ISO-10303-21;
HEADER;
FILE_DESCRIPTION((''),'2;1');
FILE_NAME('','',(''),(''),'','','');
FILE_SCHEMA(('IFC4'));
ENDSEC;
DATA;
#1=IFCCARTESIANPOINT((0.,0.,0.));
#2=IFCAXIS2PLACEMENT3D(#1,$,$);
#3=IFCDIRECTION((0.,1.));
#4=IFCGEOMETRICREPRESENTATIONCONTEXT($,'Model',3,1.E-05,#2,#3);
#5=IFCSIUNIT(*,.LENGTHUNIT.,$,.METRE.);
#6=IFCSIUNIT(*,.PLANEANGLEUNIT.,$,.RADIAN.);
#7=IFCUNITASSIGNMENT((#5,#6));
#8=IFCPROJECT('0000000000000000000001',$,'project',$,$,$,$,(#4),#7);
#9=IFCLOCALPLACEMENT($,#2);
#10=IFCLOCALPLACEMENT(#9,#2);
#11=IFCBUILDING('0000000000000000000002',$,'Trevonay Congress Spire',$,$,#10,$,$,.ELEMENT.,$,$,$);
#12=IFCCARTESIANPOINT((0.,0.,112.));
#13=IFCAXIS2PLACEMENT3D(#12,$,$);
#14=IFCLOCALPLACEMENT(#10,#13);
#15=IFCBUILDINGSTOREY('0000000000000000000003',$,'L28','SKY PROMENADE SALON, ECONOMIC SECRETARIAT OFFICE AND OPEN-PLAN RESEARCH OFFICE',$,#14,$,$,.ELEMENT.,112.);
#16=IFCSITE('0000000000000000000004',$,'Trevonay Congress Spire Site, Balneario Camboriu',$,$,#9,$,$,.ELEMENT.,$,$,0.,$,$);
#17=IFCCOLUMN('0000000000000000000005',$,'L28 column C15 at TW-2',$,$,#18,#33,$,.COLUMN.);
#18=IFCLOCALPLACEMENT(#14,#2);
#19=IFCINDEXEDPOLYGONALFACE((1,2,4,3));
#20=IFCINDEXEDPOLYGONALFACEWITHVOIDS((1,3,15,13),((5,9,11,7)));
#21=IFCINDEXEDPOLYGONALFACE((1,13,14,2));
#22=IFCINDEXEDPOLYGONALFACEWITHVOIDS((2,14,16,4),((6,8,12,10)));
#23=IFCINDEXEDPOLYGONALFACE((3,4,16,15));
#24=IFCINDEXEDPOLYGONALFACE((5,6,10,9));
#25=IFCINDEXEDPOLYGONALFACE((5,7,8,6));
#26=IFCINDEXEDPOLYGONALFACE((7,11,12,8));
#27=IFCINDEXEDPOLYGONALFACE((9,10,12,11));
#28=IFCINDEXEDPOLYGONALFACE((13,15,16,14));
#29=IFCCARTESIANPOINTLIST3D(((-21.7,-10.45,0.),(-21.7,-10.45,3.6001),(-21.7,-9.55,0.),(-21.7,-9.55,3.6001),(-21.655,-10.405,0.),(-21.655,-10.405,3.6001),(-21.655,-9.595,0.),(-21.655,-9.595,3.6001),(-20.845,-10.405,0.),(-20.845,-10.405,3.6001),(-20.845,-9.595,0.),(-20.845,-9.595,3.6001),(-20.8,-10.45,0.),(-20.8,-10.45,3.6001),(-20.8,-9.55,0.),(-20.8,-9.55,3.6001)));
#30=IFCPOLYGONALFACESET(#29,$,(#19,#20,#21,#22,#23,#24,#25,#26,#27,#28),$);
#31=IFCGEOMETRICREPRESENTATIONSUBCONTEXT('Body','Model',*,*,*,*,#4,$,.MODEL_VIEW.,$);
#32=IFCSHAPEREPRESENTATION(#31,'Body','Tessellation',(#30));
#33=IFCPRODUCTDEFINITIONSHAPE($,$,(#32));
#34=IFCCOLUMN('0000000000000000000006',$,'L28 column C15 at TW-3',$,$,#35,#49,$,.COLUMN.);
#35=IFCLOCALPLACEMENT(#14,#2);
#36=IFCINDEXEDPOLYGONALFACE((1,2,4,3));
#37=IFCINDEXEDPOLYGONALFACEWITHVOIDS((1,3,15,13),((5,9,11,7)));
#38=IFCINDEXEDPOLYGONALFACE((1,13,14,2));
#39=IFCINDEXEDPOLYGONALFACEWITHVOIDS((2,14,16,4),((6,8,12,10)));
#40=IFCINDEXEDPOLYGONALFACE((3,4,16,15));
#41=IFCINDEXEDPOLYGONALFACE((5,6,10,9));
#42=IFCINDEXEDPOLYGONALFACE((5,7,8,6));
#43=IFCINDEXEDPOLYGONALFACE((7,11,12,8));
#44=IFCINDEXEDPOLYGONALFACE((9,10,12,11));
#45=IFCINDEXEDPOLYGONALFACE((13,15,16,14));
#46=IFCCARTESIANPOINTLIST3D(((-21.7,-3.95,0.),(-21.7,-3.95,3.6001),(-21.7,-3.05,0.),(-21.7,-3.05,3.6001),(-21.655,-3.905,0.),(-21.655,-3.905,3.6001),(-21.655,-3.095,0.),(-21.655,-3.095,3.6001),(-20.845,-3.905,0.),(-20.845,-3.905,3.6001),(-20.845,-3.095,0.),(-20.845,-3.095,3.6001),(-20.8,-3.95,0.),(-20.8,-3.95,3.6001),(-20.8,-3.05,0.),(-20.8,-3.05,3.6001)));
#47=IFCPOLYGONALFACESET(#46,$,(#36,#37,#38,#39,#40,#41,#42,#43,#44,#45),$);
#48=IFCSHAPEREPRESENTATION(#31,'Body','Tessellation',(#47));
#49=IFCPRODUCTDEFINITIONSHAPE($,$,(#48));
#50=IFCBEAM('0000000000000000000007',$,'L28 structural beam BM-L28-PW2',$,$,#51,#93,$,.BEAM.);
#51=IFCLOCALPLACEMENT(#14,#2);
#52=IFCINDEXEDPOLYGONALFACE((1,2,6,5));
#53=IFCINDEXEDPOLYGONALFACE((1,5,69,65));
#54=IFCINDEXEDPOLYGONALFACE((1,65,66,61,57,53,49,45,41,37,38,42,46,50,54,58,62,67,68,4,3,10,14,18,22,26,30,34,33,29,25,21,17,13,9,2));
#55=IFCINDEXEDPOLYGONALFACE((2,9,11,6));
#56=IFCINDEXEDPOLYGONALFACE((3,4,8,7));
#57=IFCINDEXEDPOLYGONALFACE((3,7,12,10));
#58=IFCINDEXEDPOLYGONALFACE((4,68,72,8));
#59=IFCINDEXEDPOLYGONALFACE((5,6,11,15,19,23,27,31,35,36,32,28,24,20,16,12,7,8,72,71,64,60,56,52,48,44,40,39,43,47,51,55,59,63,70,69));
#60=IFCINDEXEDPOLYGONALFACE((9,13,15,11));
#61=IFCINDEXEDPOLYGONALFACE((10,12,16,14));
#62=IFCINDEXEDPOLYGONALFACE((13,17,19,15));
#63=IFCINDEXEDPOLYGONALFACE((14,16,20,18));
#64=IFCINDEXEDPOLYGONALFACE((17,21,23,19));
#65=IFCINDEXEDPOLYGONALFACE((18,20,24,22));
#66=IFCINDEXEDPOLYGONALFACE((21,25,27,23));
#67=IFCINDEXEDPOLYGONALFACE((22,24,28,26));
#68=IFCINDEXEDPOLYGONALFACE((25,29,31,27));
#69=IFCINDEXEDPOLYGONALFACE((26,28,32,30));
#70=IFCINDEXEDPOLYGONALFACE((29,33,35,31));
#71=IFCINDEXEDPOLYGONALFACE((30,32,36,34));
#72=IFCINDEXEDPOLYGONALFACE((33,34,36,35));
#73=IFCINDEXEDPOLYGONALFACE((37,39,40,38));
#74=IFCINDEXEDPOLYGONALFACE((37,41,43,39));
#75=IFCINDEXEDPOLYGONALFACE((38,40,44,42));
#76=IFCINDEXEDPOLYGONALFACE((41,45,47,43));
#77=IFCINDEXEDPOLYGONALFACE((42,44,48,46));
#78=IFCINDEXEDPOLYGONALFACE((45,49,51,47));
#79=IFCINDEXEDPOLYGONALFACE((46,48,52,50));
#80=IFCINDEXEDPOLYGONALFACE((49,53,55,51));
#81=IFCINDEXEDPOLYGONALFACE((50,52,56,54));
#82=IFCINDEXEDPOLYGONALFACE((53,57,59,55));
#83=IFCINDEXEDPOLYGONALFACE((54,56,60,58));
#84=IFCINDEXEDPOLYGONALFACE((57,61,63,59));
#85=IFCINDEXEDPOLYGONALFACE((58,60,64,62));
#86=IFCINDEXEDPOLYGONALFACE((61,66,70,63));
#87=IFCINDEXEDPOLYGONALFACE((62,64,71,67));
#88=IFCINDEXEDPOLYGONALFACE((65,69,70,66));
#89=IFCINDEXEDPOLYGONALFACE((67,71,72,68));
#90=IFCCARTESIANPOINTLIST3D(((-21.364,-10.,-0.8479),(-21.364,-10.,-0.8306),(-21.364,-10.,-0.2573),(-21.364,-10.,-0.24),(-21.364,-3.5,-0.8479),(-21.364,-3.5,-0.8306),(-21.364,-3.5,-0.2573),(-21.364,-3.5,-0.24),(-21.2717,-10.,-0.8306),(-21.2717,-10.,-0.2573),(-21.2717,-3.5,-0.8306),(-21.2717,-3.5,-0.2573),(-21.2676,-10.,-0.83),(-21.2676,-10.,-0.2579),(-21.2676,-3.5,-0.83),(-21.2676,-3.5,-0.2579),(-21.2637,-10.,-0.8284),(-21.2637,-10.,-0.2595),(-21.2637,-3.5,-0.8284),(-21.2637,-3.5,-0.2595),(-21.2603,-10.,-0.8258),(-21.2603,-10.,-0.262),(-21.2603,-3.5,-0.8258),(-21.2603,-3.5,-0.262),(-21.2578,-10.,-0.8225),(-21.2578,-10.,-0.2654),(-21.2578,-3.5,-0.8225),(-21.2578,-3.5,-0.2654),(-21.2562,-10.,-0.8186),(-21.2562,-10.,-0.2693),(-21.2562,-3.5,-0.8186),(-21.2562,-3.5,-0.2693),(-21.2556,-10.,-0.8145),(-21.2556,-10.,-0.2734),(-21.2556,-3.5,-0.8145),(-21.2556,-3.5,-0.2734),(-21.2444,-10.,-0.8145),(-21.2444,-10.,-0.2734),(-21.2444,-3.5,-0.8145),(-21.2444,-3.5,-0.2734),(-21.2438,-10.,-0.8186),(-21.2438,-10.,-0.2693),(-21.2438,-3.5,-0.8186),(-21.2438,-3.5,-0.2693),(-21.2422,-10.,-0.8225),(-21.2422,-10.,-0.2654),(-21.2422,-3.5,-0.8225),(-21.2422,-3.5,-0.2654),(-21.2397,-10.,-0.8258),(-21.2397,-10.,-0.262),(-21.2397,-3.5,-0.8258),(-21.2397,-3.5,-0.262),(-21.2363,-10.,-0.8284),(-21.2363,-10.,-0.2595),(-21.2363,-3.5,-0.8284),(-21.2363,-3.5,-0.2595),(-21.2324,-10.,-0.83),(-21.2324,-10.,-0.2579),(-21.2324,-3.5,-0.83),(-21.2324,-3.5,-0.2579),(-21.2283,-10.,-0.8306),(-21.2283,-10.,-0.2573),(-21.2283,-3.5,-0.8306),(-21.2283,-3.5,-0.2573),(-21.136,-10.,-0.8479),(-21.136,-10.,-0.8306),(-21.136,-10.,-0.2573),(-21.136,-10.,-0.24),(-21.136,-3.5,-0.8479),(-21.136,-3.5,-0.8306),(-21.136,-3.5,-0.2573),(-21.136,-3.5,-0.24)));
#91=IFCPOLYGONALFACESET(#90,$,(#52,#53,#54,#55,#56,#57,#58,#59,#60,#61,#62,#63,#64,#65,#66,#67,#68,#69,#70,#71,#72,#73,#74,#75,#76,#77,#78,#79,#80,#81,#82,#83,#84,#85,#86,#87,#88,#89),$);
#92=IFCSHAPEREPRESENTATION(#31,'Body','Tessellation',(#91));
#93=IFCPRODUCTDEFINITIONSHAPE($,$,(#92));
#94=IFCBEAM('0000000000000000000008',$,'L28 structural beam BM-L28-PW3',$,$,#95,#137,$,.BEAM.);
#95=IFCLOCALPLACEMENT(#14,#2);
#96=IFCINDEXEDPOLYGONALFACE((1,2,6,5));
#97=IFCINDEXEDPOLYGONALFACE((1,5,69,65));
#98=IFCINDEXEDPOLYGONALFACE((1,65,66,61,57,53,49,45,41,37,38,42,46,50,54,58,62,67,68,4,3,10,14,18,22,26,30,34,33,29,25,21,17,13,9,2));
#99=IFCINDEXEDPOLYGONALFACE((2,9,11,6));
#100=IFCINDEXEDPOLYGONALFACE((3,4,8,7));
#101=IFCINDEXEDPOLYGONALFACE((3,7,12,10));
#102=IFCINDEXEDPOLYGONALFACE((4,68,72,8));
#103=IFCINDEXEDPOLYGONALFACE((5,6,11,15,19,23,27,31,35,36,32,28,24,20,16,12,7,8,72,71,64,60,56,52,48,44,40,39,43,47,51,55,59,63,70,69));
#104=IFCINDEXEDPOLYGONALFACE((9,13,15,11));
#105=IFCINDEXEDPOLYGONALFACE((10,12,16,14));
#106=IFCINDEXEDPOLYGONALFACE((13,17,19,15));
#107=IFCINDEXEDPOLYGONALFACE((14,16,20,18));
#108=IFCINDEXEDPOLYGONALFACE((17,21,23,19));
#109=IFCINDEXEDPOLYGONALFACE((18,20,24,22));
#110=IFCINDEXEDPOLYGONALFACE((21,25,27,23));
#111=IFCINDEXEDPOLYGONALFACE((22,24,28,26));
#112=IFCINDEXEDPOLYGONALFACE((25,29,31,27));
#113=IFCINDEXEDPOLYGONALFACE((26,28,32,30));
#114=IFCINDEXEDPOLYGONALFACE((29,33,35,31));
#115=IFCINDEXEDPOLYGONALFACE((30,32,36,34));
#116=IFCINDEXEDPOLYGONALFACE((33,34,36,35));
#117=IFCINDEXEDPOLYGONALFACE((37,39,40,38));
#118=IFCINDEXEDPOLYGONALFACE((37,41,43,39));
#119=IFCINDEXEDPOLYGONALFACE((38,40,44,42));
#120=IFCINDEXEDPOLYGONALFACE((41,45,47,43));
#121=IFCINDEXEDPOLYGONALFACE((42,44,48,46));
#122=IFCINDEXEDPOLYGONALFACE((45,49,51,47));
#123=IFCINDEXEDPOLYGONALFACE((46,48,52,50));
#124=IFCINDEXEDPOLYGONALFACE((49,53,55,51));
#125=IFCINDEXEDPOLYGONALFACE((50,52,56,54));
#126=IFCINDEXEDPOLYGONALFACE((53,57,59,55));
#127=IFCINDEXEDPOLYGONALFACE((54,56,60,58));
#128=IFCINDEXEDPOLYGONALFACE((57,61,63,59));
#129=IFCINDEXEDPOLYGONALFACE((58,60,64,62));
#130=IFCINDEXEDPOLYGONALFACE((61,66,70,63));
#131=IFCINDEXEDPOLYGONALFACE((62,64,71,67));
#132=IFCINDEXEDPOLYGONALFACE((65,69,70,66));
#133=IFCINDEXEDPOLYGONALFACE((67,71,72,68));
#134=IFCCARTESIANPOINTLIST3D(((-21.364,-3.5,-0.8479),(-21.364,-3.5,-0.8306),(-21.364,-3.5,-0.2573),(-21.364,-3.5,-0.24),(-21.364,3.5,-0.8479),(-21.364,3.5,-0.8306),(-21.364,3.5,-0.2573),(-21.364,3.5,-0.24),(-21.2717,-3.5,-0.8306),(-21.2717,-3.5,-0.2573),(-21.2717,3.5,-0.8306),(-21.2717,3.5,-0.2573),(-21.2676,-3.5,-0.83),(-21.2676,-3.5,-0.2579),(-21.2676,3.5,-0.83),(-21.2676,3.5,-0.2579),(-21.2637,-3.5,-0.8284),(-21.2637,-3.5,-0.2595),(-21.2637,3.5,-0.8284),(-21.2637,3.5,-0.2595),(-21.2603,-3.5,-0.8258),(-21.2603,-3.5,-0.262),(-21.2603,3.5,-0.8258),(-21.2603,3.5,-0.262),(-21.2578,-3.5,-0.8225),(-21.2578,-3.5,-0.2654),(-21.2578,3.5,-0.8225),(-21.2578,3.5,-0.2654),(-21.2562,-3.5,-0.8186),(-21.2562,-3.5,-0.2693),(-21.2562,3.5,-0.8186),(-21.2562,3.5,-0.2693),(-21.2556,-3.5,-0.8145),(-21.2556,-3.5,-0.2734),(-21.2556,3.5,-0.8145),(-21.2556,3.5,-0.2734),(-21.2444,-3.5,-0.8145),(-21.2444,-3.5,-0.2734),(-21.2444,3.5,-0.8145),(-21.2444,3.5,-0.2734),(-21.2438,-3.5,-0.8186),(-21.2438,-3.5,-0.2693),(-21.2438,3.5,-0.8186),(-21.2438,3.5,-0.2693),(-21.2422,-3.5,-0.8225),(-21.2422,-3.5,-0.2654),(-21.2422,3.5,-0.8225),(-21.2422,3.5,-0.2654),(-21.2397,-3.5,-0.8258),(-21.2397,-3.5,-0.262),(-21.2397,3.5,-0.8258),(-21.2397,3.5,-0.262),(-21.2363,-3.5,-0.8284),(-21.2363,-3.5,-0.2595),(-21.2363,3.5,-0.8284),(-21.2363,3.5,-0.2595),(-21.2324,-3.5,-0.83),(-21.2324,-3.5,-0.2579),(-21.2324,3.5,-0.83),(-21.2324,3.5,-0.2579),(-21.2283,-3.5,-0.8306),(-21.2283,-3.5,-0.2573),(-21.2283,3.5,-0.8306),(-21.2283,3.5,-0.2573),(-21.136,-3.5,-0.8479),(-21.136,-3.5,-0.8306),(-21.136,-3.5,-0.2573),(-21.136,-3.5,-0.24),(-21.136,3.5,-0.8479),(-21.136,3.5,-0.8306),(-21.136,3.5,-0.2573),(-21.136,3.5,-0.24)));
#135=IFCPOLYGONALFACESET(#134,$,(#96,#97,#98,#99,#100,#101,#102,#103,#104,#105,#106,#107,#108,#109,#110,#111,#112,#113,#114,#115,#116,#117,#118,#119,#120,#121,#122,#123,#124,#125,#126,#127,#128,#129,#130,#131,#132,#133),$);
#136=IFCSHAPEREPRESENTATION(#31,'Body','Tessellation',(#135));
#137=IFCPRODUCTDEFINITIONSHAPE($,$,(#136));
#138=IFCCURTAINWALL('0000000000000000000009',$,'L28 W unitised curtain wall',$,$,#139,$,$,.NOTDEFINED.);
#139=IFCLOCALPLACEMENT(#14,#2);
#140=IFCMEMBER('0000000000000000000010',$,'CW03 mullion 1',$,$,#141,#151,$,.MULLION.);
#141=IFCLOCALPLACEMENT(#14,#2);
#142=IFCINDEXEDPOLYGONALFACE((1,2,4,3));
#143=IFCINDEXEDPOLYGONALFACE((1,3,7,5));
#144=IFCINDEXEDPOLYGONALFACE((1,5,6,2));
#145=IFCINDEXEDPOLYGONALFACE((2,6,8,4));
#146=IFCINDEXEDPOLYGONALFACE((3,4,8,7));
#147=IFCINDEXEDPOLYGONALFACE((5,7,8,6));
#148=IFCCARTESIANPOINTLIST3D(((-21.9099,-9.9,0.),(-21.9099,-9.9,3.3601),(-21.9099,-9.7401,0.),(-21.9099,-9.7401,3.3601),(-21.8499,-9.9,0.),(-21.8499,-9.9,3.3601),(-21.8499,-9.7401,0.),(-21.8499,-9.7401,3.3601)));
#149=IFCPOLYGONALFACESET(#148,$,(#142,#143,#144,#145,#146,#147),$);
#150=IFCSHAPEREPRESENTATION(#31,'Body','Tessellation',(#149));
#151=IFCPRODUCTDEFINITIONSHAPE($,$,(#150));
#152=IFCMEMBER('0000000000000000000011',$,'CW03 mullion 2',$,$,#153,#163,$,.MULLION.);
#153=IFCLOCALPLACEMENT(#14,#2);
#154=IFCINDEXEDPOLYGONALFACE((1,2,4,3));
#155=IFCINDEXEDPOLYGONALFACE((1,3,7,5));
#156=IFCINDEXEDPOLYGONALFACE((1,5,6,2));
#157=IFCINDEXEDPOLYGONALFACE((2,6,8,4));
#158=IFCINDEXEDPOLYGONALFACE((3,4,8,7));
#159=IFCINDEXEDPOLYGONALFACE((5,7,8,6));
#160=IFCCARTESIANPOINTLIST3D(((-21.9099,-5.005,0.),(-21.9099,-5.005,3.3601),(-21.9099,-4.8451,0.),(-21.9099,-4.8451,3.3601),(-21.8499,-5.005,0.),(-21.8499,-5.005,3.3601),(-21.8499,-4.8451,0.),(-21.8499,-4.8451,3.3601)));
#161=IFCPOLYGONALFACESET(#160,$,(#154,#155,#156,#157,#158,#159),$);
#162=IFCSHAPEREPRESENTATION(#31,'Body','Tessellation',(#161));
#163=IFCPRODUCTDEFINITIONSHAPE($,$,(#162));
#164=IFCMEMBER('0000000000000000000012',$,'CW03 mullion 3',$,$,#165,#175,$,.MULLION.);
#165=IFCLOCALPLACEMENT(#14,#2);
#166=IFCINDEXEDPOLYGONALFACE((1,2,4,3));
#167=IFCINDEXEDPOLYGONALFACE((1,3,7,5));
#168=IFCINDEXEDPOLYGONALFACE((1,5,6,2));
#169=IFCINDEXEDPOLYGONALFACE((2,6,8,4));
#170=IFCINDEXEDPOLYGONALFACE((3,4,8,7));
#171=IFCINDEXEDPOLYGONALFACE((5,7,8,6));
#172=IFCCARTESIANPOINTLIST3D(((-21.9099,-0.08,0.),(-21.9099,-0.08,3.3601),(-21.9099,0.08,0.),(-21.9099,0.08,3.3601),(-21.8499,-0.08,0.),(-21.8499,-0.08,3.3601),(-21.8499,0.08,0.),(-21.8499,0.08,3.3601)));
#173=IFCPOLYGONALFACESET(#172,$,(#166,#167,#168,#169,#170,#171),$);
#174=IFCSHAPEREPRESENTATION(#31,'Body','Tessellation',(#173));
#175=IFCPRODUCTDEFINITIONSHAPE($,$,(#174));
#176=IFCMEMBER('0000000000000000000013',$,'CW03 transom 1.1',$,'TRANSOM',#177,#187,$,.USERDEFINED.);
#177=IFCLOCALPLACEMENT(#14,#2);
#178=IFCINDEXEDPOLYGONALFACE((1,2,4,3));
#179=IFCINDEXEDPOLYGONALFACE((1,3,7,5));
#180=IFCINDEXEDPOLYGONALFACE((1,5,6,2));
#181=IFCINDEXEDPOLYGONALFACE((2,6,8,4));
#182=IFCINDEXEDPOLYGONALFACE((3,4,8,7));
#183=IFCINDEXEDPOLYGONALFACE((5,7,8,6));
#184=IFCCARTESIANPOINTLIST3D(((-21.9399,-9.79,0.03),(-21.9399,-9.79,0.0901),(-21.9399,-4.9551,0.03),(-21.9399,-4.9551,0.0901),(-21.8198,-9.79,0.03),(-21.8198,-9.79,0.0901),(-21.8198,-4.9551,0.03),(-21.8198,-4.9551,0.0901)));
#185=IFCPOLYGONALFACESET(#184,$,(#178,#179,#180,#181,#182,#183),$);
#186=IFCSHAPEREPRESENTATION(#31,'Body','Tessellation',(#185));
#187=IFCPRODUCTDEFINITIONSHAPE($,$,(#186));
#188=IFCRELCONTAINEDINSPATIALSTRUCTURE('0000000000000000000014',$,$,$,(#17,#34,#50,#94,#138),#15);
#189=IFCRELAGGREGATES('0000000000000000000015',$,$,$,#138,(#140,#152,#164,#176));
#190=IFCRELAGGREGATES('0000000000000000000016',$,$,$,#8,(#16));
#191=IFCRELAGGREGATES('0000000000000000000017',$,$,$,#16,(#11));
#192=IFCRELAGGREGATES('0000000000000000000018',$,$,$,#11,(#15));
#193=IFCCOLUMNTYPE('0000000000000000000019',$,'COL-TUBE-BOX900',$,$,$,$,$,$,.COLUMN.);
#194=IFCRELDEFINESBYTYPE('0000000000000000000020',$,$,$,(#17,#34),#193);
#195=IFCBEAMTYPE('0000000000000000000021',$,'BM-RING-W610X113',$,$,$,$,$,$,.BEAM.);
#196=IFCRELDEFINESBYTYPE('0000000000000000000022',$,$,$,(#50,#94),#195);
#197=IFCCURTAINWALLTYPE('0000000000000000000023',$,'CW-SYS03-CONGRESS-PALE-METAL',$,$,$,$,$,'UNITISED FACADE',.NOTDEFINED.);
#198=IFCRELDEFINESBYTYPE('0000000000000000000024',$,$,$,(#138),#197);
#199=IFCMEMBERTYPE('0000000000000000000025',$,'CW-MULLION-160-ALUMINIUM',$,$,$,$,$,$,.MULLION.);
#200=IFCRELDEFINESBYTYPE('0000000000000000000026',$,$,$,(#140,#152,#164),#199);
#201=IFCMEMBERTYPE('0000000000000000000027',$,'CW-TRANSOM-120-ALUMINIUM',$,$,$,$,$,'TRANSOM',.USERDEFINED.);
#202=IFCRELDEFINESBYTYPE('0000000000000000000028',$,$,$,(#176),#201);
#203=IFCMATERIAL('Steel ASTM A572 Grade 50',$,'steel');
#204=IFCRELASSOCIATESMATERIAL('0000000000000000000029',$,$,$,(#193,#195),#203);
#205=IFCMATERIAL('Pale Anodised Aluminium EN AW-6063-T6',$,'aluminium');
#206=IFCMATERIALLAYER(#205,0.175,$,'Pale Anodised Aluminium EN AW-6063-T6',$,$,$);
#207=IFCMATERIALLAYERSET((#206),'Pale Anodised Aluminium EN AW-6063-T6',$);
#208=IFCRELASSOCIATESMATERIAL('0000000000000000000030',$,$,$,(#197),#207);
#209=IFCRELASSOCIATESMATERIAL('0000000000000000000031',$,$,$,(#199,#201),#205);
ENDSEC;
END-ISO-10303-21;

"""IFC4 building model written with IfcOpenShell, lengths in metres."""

from ifc_helpers import new_model, si_unit, direction, frame, origin, origin_2d, place, context, subcontext, project, spatial, rectangle, hollow_rectangle, i_section, extrude, material, layer, layer_set, material_profile, profile_set, type_object, element, aggregate, save


model = new_model("IFC4")

# Units and contexts
model_context = context("Model", 3, precision=1e-05, world=origin(), true_north=direction((0.0, 1.0)))
body_context = subcontext(model_context, "Body", "Model", "MODEL_VIEW")
ifc_project = project(units=[si_unit("LENGTHUNIT", "METRE"), si_unit("PLANEANGLEUNIT", "RADIAN")], contexts=[model_context])

# Site, building, storey
site_placement = place(None, origin())
site = spatial("IfcSite", under=ifc_project, at=site_placement, Name="Trevonay Congress Spire Site, Balneario Camboriu", CompositionType="ELEMENT", RefElevation=0.0)
building_placement = place(site_placement, origin())
building = spatial("IfcBuilding", under=site, at=building_placement, Name="Trevonay Congress Spire", CompositionType="ELEMENT")
storey_placement = place(building_placement, frame((0.0, 0.0, 112.0)))
storey = spatial("IfcBuildingStorey", under=building, at=storey_placement, Name="L28", Description="SKY PROMENADE SALON, ECONOMIC SECRETARIAT OFFICE AND OPEN-PLAN RESEARCH OFFICE", CompositionType="ELEMENT", Elevation=112.0)

# Columns
ifc_material_1 = material(Name="Steel ASTM A572 Grade 50", Category="steel")
ifc_material_profile_1 = material_profile(ifc_material_1, hollow_rectangle(XDim=0.8999, YDim=0.8999, WallThickness=0.0449, at=origin_2d()), Name="BOX 900x900x45")
ifc_profile_set_1 = profile_set([ifc_material_profile_1], Name="Steel ASTM A572 Grade 50")
column_type = type_object("IfcColumnType", Name="COL-TUBE-BOX900", PredefinedType="COLUMN", material=ifc_profile_set_1)
for number, where, z_axis, x_axis, name in (
    (1, (-21.25, -10.0, 0.0), (0.0, 0.0, 1.0), (1.0, 0.0, 0.0), "L28 column C15 at TW-2"),
    (2, (-21.25, -3.5, 0.0), (0.0, 0.0, 1.0), (1.0, 0.0, 0.0), "L28 column C15 at TW-3"),
):
    element("IfcColumn", number, at=place(storey_placement, frame(where, z_axis=z_axis, x_axis=x_axis)), inside=storey, type_object=column_type, Name=name, PredefinedType="COLUMN", context=body_context, shape_type="SweptSolid", body=[
        extrude(hollow_rectangle(XDim=0.8999, YDim=0.8999, WallThickness=0.0449, at=origin_2d()), origin(), (0.0, 0.0, 1.0), 3.6001),
    ])

# Beams
ifc_material_profile_2 = material_profile(ifc_material_1, i_section(OverallWidth=0.228, OverallDepth=0.6079, WebThickness=0.0112, FlangeThickness=0.0173, FilletRadius=0.0161, at=origin_2d()), Name="W610x113")
ifc_profile_set_2 = profile_set([ifc_material_profile_2], Name="Steel ASTM A572 Grade 50")
beam_type_1 = type_object("IfcBeamType", Name="BM-RING-W610X113", PredefinedType="BEAM", material=ifc_profile_set_2)
beam_1_placement = place(storey_placement, frame((-21.25, -10.0, -0.5439), z_axis=(0.0, 1.0, 0.0), x_axis=(-1.0, 0.0, 0.0)))
element("IfcBeam", 3, at=beam_1_placement, inside=storey, type_object=beam_type_1, Name="L28 structural beam BM-L28-PW2", PredefinedType="BEAM", context=body_context, shape_type="SweptSolid", body=[
    extrude(i_section(OverallWidth=0.228, OverallDepth=0.6079, WebThickness=0.0112, FlangeThickness=0.0173, FilletRadius=0.0161, at=origin_2d()), origin(), (0.0, 0.0, 1.0), 6.5),
])
beam_2_placement = place(storey_placement, frame((-21.25, -3.5, -0.5439), z_axis=(0.0, 1.0, 0.0), x_axis=(-1.0, 0.0, 0.0)))
element("IfcBeam", 4, at=beam_2_placement, inside=storey, type_object=beam_type_1, Name="L28 structural beam BM-L28-PW3", PredefinedType="BEAM", context=body_context, shape_type="SweptSolid", body=[
    extrude(i_section(OverallWidth=0.228, OverallDepth=0.6079, WebThickness=0.0112, FlangeThickness=0.0173, FilletRadius=0.0161, at=origin_2d()), origin(), (0.0, 0.0, 1.0), 7.0),
])

# Curtain wall, members
ifc_material_2 = material(Name="Pale Anodised Aluminium EN AW-6063-T6", Category="aluminium")
ifc_layer_1 = layer(ifc_material_2, 0.175, Name="Pale Anodised Aluminium EN AW-6063-T6")
ifc_layer_set_1 = layer_set([ifc_layer_1], Name="Pale Anodised Aluminium EN AW-6063-T6")
curtain_wall_type = type_object("IfcCurtainWallType", Name="CW-SYS03-CONGRESS-PALE-METAL", ElementType="UNITISED FACADE", PredefinedType="NOTDEFINED", material=ifc_layer_set_1)
curtain_wall_placement = place(storey_placement, origin())
curtain_wall = element("IfcCurtainWall", 5, at=curtain_wall_placement, inside=storey, type_object=curtain_wall_type, Name="L28 W unitised curtain wall", PredefinedType="NOTDEFINED")
ifc_material_profile_3 = material_profile(ifc_material_2, rectangle(XDim=0.0601, YDim=0.1599, at=origin_2d()), Name="CW-MULLION-160-ALUMINIUM")
ifc_profile_set_3 = profile_set([ifc_material_profile_3], Name="Pale Anodised Aluminium EN AW-6063-T6")
member_type_1 = type_object("IfcMemberType", Name="CW-MULLION-160-ALUMINIUM", PredefinedType="MULLION", material=ifc_profile_set_3)
member_1_placement = place(storey_placement, frame((-21.8799, -9.8201, 0.0), z_axis=(0.0, 0.0, 1.0), x_axis=(-1.0, 0.0, 0.0)))
member_1 = element("IfcMember", 6, at=member_1_placement, type_object=member_type_1, Name="CW03 mullion 1", PredefinedType="MULLION", context=body_context, shape_type="SweptSolid", body=[
    extrude(rectangle(XDim=0.0601, YDim=0.1599, at=origin_2d()), origin(), (0.0, 0.0, 1.0), 3.3601),
])
member_2_placement = place(storey_placement, frame((-21.8799, -4.925, 0.0), z_axis=(0.0, 0.0, 1.0), x_axis=(-1.0, 0.0, 0.0)))
member_2 = element("IfcMember", 7, at=member_2_placement, type_object=member_type_1, Name="CW03 mullion 2", PredefinedType="MULLION", context=body_context, shape_type="SweptSolid", body=[
    extrude(rectangle(XDim=0.0601, YDim=0.1599, at=origin_2d()), origin(), (0.0, 0.0, 1.0), 3.3601),
])
member_3_placement = place(storey_placement, frame((-21.8799, 0.0, 0.0), z_axis=(0.0, 0.0, 1.0), x_axis=(-1.0, 0.0, 0.0)))
member_3 = element("IfcMember", 8, at=member_3_placement, type_object=member_type_1, Name="CW03 mullion 3", PredefinedType="MULLION", context=body_context, shape_type="SweptSolid", body=[
    extrude(rectangle(XDim=0.0601, YDim=0.1599, at=origin_2d()), origin(), (0.0, 0.0, 1.0), 3.3601),
])
ifc_material_profile_4 = material_profile(ifc_material_2, rectangle(XDim=0.1201, YDim=0.0601, at=origin_2d()), Name="CW-TRANSOM-120-ALUMINIUM")
ifc_profile_set_4 = profile_set([ifc_material_profile_4], Name="Pale Anodised Aluminium EN AW-6063-T6")
member_type_2 = type_object("IfcMemberType", Name="CW-TRANSOM-120-ALUMINIUM", ElementType="TRANSOM", PredefinedType="USERDEFINED", material=ifc_profile_set_4)
member_4_placement = place(storey_placement, frame((-21.8799, -9.79, 0.0601), z_axis=(0.0, 1.0, 0.0), x_axis=(-1.0, 0.0, 0.0)))
member_4 = element("IfcMember", 9, at=member_4_placement, type_object=member_type_2, Name="CW03 transom 1.1", ObjectType="TRANSOM", PredefinedType="USERDEFINED", context=body_context, shape_type="SweptSolid", body=[
    extrude(rectangle(XDim=0.1201, YDim=0.0601, at=origin_2d()), origin(), (0.0, 0.0, 1.0), 4.835),
])

aggregate(curtain_wall, [member_1, member_2, member_3, member_4])

save(model, "model.ifc")
